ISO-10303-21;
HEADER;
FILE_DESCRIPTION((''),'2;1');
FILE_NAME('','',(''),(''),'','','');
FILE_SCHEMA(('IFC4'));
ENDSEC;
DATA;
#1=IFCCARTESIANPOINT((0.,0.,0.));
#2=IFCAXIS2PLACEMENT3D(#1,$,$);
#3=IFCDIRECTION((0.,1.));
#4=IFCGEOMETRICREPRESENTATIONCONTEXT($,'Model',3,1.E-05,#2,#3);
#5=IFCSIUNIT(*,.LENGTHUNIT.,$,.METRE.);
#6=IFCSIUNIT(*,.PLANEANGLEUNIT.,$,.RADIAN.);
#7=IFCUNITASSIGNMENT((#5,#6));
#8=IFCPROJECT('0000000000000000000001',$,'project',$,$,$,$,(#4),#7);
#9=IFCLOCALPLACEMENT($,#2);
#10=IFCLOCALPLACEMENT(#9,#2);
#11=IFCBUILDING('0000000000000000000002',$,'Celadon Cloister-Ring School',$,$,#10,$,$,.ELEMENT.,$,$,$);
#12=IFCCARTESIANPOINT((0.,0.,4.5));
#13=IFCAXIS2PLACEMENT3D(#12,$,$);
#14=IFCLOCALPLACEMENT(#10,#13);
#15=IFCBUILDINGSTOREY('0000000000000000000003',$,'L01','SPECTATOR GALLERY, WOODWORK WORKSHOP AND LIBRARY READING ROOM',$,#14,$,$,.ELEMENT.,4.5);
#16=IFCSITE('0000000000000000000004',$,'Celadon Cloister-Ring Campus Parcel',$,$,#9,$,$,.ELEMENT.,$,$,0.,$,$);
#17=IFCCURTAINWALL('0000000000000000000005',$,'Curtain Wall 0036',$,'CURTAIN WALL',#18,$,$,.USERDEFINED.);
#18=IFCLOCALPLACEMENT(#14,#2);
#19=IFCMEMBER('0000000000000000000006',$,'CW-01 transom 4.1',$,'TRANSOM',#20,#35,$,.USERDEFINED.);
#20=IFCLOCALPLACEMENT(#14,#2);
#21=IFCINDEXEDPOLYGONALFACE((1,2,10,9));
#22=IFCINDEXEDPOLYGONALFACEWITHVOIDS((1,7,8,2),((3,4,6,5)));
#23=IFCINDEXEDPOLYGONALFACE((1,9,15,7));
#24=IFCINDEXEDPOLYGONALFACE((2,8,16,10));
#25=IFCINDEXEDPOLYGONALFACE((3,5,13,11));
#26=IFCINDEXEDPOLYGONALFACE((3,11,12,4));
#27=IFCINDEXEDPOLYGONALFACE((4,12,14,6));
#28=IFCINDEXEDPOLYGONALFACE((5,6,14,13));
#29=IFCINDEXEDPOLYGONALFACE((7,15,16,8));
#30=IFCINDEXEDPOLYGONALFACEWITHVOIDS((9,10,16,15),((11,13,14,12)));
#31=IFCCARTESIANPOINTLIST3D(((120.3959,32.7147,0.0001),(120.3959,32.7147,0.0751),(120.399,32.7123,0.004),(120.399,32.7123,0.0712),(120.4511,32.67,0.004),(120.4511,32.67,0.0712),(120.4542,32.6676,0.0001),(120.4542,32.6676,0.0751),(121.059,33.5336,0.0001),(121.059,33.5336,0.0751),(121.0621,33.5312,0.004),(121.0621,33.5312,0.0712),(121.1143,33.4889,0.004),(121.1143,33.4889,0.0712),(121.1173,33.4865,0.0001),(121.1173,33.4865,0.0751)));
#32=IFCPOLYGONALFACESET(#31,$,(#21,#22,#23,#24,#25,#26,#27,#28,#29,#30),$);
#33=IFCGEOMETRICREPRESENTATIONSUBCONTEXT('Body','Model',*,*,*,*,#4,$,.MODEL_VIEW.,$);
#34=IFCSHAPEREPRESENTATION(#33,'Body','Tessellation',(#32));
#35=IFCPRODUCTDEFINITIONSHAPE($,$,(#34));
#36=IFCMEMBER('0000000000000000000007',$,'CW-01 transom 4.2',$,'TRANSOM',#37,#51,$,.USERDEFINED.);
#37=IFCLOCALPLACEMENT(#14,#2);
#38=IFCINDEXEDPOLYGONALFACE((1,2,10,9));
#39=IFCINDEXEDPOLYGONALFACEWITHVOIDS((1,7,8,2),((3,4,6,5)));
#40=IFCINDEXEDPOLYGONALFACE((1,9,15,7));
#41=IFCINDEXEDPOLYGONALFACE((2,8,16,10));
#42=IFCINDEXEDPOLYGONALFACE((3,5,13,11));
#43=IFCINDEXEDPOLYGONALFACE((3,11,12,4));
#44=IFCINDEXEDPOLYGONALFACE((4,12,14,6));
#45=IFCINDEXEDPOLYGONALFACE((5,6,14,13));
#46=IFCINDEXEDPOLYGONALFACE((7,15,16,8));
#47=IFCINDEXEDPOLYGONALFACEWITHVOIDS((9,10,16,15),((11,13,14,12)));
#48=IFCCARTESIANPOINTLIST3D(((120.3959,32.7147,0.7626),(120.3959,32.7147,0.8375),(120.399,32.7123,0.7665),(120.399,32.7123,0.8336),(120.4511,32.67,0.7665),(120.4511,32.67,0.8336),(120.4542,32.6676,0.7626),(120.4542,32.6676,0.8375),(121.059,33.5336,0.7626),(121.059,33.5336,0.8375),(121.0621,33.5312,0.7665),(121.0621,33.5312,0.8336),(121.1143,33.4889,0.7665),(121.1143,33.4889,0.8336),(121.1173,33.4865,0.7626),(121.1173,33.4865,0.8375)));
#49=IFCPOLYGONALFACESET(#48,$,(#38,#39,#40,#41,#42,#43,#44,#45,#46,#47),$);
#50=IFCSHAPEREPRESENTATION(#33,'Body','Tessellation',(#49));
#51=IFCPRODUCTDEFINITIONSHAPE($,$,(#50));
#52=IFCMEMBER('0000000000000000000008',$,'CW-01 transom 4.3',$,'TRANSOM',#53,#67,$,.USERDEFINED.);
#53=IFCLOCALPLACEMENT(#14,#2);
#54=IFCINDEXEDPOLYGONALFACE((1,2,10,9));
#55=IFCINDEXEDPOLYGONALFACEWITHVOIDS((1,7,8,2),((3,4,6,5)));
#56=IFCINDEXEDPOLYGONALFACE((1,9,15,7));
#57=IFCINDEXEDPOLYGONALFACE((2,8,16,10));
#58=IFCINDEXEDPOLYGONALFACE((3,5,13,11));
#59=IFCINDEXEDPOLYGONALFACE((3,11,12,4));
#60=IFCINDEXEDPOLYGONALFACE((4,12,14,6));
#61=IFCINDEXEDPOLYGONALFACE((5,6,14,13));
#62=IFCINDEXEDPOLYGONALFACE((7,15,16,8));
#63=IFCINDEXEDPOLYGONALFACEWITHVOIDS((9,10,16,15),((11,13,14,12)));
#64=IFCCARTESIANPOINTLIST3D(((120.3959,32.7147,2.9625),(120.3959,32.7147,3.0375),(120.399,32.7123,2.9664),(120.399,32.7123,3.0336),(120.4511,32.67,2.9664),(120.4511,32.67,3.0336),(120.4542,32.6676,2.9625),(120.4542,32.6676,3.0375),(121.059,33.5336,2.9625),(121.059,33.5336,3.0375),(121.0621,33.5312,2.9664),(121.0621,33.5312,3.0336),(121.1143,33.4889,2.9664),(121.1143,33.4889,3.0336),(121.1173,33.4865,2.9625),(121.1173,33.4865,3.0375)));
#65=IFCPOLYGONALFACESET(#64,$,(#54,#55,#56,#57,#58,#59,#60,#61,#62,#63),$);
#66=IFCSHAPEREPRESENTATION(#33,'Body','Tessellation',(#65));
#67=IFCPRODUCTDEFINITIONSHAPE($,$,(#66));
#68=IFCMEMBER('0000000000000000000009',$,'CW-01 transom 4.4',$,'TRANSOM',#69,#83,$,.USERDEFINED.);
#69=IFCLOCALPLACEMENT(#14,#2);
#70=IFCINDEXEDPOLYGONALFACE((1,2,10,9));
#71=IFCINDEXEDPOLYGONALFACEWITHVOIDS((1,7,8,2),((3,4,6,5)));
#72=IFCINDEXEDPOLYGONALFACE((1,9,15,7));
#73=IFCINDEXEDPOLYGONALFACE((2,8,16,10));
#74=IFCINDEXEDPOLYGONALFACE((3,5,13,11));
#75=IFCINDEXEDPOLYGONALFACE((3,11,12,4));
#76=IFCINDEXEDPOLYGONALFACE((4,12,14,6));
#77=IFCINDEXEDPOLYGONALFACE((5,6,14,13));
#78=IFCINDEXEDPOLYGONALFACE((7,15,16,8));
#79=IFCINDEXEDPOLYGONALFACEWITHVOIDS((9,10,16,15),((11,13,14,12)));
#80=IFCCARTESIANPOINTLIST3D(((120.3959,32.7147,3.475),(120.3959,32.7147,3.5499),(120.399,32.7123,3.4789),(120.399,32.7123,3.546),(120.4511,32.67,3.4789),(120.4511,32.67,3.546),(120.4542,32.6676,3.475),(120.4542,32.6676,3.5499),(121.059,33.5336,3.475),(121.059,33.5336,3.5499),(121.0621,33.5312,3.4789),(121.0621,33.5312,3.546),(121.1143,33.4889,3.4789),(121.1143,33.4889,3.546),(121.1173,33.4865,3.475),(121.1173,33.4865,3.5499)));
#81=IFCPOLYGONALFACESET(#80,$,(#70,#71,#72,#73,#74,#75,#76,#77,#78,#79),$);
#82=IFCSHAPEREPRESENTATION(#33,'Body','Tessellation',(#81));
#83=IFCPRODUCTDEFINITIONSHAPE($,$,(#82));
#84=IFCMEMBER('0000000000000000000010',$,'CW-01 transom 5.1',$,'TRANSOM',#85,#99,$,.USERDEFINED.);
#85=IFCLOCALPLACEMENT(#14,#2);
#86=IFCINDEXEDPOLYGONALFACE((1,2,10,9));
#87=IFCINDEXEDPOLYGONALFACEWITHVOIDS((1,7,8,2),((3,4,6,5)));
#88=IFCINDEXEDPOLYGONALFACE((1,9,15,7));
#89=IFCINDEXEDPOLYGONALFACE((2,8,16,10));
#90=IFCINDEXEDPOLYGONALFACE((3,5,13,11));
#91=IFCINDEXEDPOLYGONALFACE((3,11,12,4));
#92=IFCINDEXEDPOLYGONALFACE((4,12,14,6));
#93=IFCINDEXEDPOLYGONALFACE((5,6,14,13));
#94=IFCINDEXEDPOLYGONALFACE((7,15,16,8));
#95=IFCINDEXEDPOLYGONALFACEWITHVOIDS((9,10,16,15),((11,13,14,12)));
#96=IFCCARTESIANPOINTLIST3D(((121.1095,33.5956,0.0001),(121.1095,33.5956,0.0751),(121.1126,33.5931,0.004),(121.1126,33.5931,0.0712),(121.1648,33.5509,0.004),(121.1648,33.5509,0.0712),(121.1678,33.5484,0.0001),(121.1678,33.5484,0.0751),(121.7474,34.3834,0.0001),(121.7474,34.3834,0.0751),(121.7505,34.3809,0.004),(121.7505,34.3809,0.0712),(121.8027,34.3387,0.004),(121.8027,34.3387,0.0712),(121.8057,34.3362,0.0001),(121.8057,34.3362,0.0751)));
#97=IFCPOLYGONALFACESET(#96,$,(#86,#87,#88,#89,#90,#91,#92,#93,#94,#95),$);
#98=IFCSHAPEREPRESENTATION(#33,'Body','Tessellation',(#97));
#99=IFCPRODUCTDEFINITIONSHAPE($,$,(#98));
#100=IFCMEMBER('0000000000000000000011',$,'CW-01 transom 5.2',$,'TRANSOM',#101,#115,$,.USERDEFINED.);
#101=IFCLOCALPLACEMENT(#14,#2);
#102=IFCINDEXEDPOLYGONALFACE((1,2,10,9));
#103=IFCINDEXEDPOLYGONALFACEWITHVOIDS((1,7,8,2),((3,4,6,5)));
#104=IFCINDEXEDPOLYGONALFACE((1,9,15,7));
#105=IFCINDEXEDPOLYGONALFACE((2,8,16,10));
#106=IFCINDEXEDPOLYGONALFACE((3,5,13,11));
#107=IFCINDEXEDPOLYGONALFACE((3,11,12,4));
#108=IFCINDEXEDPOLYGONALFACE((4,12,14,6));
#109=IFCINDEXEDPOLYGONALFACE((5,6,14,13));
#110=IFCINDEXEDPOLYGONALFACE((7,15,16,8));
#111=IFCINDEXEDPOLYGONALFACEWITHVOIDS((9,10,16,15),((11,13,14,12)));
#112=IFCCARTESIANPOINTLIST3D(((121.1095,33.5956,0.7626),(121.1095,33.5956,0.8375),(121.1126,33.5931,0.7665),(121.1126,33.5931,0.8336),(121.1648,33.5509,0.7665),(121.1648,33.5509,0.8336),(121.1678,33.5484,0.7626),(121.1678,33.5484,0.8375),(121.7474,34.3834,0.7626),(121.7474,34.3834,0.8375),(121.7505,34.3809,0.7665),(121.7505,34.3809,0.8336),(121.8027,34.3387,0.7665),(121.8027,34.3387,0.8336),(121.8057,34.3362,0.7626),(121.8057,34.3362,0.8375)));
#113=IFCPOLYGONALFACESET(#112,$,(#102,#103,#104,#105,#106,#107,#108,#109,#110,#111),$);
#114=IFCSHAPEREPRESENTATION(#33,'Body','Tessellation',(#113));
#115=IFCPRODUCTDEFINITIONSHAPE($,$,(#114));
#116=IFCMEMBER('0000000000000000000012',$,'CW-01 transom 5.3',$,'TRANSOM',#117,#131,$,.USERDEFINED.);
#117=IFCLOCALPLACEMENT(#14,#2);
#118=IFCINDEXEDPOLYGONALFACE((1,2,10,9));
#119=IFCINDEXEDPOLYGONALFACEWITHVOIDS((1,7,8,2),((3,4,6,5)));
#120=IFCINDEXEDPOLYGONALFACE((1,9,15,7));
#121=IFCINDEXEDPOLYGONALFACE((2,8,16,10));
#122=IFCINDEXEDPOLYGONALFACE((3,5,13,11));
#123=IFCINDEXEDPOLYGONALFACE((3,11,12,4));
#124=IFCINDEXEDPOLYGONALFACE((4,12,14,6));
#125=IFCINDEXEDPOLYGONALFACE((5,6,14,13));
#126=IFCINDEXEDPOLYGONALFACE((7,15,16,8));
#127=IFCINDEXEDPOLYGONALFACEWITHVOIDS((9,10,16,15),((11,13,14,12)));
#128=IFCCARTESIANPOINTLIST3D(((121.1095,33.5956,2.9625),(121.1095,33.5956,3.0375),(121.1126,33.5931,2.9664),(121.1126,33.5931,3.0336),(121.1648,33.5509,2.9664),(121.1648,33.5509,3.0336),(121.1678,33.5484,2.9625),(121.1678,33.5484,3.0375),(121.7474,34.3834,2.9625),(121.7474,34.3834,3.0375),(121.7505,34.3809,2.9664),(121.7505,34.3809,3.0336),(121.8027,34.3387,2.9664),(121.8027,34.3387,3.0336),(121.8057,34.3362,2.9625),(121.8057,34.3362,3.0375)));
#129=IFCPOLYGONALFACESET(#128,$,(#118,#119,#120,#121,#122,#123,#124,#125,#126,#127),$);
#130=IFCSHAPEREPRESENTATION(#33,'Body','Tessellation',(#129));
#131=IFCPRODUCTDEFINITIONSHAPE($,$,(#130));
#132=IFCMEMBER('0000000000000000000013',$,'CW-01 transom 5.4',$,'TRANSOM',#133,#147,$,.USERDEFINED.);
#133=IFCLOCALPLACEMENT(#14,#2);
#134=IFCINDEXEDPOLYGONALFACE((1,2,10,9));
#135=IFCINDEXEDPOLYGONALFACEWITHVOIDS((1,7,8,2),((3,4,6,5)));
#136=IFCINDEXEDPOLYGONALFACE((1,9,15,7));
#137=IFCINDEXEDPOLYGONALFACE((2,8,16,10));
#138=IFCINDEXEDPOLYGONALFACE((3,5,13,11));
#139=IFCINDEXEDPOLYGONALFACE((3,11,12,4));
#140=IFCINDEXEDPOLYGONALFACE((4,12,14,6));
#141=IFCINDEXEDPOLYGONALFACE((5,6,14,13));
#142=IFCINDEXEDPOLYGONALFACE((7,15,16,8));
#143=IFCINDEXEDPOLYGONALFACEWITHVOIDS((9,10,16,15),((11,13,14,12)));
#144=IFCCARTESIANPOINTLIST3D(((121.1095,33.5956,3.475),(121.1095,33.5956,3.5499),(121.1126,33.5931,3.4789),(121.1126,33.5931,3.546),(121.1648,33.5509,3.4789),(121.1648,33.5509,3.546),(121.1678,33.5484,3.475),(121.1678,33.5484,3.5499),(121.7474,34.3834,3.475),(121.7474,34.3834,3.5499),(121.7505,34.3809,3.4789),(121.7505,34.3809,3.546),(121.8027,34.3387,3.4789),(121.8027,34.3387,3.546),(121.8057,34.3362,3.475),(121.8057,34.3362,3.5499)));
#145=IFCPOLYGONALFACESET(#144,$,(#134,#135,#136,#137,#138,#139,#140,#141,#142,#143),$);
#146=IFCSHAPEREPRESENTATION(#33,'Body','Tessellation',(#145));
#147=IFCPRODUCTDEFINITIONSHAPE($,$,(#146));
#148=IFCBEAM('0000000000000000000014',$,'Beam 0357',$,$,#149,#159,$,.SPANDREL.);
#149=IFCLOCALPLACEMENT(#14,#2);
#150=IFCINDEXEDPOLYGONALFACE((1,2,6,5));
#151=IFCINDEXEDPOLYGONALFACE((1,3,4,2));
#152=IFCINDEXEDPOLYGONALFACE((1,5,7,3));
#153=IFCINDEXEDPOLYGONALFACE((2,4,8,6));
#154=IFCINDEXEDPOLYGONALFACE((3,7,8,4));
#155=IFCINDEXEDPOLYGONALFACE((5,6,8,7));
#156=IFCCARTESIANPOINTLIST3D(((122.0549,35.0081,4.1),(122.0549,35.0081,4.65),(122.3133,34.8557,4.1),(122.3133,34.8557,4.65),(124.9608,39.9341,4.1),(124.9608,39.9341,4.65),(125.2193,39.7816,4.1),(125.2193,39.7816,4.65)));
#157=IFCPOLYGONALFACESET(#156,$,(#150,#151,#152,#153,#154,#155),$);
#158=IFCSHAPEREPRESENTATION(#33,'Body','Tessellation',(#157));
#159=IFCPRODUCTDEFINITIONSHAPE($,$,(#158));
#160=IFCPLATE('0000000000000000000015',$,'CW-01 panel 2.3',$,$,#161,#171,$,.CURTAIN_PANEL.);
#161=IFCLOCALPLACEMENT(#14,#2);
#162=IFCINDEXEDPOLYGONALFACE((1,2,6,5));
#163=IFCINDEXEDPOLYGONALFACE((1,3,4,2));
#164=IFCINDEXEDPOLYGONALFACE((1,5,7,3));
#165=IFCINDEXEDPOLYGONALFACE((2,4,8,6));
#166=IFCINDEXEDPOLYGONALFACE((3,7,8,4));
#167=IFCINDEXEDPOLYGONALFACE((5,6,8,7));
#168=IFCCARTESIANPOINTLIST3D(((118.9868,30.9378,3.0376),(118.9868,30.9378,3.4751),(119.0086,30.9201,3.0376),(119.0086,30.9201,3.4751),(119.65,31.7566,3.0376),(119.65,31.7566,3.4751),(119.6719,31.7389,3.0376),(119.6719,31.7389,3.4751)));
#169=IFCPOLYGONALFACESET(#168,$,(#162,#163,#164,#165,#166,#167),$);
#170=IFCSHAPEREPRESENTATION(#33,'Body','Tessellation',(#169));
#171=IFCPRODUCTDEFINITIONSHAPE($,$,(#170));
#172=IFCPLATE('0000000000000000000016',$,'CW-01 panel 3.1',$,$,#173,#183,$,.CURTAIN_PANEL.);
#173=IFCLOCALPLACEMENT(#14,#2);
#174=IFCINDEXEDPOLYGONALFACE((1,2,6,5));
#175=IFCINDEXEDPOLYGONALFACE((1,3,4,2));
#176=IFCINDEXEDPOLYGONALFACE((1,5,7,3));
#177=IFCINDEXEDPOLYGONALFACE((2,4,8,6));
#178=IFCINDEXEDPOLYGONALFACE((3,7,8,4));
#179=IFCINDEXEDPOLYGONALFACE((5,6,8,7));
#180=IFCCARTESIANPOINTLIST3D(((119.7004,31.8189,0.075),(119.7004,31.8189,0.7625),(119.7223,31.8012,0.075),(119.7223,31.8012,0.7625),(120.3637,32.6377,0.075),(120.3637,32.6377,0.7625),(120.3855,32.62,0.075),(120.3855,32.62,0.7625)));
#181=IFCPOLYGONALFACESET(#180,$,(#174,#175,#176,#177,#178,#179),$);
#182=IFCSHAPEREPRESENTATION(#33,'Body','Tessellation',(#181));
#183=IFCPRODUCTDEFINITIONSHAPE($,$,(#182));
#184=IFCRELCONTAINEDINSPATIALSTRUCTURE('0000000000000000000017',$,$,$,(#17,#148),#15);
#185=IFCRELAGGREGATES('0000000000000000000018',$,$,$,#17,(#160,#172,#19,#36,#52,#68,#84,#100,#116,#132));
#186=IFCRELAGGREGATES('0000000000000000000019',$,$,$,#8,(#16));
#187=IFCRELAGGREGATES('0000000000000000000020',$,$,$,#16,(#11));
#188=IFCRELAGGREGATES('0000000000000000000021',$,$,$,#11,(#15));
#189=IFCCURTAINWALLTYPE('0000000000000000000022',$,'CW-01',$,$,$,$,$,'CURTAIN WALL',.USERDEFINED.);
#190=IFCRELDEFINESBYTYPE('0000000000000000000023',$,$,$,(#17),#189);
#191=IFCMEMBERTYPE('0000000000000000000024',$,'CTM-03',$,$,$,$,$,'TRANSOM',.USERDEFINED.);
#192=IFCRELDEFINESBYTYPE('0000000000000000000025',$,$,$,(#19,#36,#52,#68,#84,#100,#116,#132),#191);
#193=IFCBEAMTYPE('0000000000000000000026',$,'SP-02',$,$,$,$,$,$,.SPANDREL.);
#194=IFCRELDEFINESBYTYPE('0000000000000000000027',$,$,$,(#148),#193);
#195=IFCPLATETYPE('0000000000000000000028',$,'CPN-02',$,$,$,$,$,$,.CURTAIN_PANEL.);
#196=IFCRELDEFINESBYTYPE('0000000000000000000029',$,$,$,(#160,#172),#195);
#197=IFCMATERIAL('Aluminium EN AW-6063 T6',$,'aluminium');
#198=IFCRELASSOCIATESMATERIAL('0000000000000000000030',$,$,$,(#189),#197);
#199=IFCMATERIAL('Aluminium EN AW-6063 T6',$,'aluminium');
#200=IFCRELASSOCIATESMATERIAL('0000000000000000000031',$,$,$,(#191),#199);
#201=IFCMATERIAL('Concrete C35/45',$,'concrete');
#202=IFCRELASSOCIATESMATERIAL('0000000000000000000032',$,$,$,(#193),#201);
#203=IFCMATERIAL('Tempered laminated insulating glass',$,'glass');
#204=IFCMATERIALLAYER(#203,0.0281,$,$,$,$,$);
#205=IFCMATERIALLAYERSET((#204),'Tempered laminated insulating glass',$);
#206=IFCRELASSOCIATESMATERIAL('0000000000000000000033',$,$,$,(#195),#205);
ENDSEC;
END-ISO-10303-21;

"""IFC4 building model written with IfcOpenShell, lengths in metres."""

from ifc_helpers import new_model, si_unit, direction, frame, origin, origin_2d, place, context, subcontext, project, spatial, rectangle, hollow_rectangle, extrude, material, layer, layer_set, material_profile, profile_set, type_object, element, aggregate, save


model = new_model("IFC4")

# Units and contexts
model_context = context("Model", 3, precision=1e-05, world=origin(), true_north=direction((0.0, 1.0)))
body_context = subcontext(model_context, "Body", "Model", "MODEL_VIEW")
ifc_project = project(units=[si_unit("LENGTHUNIT", "METRE"), si_unit("PLANEANGLEUNIT", "RADIAN")], contexts=[model_context])

# Site, building, storey
site_placement = place(None, origin())
site = spatial("IfcSite", under=ifc_project, at=site_placement, Name="Celadon Cloister-Ring Campus Parcel", CompositionType="ELEMENT", RefElevation=0.0)
building_placement = place(site_placement, origin())
building = spatial("IfcBuilding", under=site, at=building_placement, Name="Celadon Cloister-Ring School", CompositionType="ELEMENT")
storey_placement = place(building_placement, frame((0.0, 0.0, 4.5)))
storey = spatial("IfcBuildingStorey", under=building, at=storey_placement, Name="L01", Description="SPECTATOR GALLERY, WOODWORK WORKSHOP AND LIBRARY READING ROOM", CompositionType="ELEMENT", Elevation=4.5)

# Curtain wall, members
ifc_material_1 = material(Name="Aluminium EN AW-6063 T6", Category="aluminium")
curtain_wall_type = type_object("IfcCurtainWallType", Name="CW-01", ElementType="CURTAIN WALL", PredefinedType="USERDEFINED", material=ifc_material_1)
curtain_wall_placement = place(storey_placement, origin())
curtain_wall = element("IfcCurtainWall", 1, at=curtain_wall_placement, inside=storey, type_object=curtain_wall_type, Name="Curtain Wall 0036", ObjectType="CURTAIN WALL", PredefinedType="USERDEFINED")
ifc_material_2 = material(Name="Aluminium EN AW-6063 T6", Category="aluminium")
ifc_material_profile_1 = material_profile(ifc_material_2, hollow_rectangle(XDim=0.075, YDim=0.075, WallThickness=0.0039, at=origin_2d()), Name="RHS75X75X4")
ifc_profile_set_1 = profile_set([ifc_material_profile_1], Name="Aluminium EN AW-6063 T6")
member_type_1 = type_object("IfcMemberType", Name="CTM-03", ElementType="TRANSOM", PredefinedType="USERDEFINED", material=ifc_profile_set_1)
member_1_placement = place(storey_placement, frame((120.425, 32.6912, 0.0376), z_axis=(0.629318, 0.777148, 0.0), x_axis=(-0.777148, 0.629318, 0.0)))
member_1 = element("IfcMember", 2, at=member_1_placement, type_object=member_type_1, Name="CW-01 transom 4.1", ObjectType="TRANSOM", PredefinedType="USERDEFINED", context=body_context, shape_type="SweptSolid", body=[
    extrude(hollow_rectangle(XDim=0.075, YDim=0.075, WallThickness=0.0039, at=origin_2d()), origin(), (0.0, 0.0, 1.0), 1.0537),
])
member_2_placement = place(storey_placement, frame((120.425, 32.6912, 0.8), z_axis=(0.629318, 0.777148, 0.0), x_axis=(-0.777148, 0.629318, 0.0)))
member_2 = element("IfcMember", 3, at=member_2_placement, type_object=member_type_1, Name="CW-01 transom 4.2", ObjectType="TRANSOM", PredefinedType="USERDEFINED", context=body_context, shape_type="SweptSolid", body=[
    extrude(hollow_rectangle(XDim=0.075, YDim=0.075, WallThickness=0.0039, at=origin_2d()), origin(), (0.0, 0.0, 1.0), 1.0537),
])
member_3_placement = place(storey_placement, frame((120.425, 32.6912, 3.0), z_axis=(0.629318, 0.777148, 0.0), x_axis=(-0.777148, 0.629318, 0.0)))
member_3 = element("IfcMember", 4, at=member_3_placement, type_object=member_type_1, Name="CW-01 transom 4.3", ObjectType="TRANSOM", PredefinedType="USERDEFINED", context=body_context, shape_type="SweptSolid", body=[
    extrude(hollow_rectangle(XDim=0.075, YDim=0.075, WallThickness=0.0039, at=origin_2d()), origin(), (0.0, 0.0, 1.0), 1.0537),
])
member_4_placement = place(storey_placement, frame((120.425, 32.6912, 3.5125), z_axis=(0.629318, 0.777148, 0.0), x_axis=(-0.777148, 0.629318, 0.0)))
member_4 = element("IfcMember", 5, at=member_4_placement, type_object=member_type_1, Name="CW-01 transom 4.4", ObjectType="TRANSOM", PredefinedType="USERDEFINED", context=body_context, shape_type="SweptSolid", body=[
    extrude(hollow_rectangle(XDim=0.075, YDim=0.075, WallThickness=0.0039, at=origin_2d()), origin(), (0.0, 0.0, 1.0), 1.0537),
])
member_5_placement = place(storey_placement, frame((121.1387, 33.572, 0.0376), z_axis=(0.629295, 0.777166, 0.0), x_axis=(-0.777166, 0.629295, 0.0)))
member_5 = element("IfcMember", 6, at=member_5_placement, type_object=member_type_1, Name="CW-01 transom 5.1", ObjectType="TRANSOM", PredefinedType="USERDEFINED", context=body_context, shape_type="SweptSolid", body=[
    extrude(hollow_rectangle(XDim=0.075, YDim=0.075, WallThickness=0.0039, at=origin_2d()), origin(), (0.0, 0.0, 1.0), 1.0137),
])
member_6_placement = place(storey_placement, frame((121.1387, 33.572, 0.8), z_axis=(0.629295, 0.777166, 0.0), x_axis=(-0.777166, 0.629295, 0.0)))
member_6 = element("IfcMember", 7, at=member_6_placement, type_object=member_type_1, Name="CW-01 transom 5.2", ObjectType="TRANSOM", PredefinedType="USERDEFINED", context=body_context, shape_type="SweptSolid", body=[
    extrude(hollow_rectangle(XDim=0.075, YDim=0.075, WallThickness=0.0039, at=origin_2d()), origin(), (0.0, 0.0, 1.0), 1.0137),
])
member_7_placement = place(storey_placement, frame((121.1387, 33.572, 3.0), z_axis=(0.629295, 0.777166, 0.0), x_axis=(-0.777166, 0.629295, 0.0)))
member_7 = element("IfcMember", 8, at=member_7_placement, type_object=member_type_1, Name="CW-01 transom 5.3", ObjectType="TRANSOM", PredefinedType="USERDEFINED", context=body_context, shape_type="SweptSolid", body=[
    extrude(hollow_rectangle(XDim=0.075, YDim=0.075, WallThickness=0.0039, at=origin_2d()), origin(), (0.0, 0.0, 1.0), 1.0137),
])
member_8_placement = place(storey_placement, frame((121.1387, 33.572, 3.5125), z_axis=(0.629295, 0.777166, 0.0), x_axis=(-0.777166, 0.629295, 0.0)))
member_8 = element("IfcMember", 9, at=member_8_placement, type_object=member_type_1, Name="CW-01 transom 5.4", ObjectType="TRANSOM", PredefinedType="USERDEFINED", context=body_context, shape_type="SweptSolid", body=[
    extrude(hollow_rectangle(XDim=0.075, YDim=0.075, WallThickness=0.0039, at=origin_2d()), origin(), (0.0, 0.0, 1.0), 1.0137),
])

# Beam
ifc_material_3 = material(Name="Concrete C35/45", Category="concrete")
ifc_material_profile_2 = material_profile(ifc_material_3, rectangle(XDim=0.3, YDim=0.55, at=origin_2d()), Name="RC300X550")
ifc_profile_set_2 = profile_set([ifc_material_profile_2], Name="Concrete C35/45")
beam_type = type_object("IfcBeamType", Name="SP-02", PredefinedType="SPANDREL", material=ifc_profile_set_2)
beam_placement = place(storey_placement, frame((122.1841, 34.9319, 4.375), z_axis=(0.508104, 0.861296, 0.0), x_axis=(-0.861296, 0.508104, 0.0)))
element("IfcBeam", 10, at=beam_placement, inside=storey, type_object=beam_type, Name="Beam 0357", PredefinedType="SPANDREL", context=body_context, shape_type="SweptSolid", body=[
    extrude(rectangle(XDim=0.3, YDim=0.55, at=origin_2d()), origin(), (0.0, 0.0, 1.0), 5.7192),
])

# Plates
ifc_material_4 = material(Name="Tempered laminated insulating glass", Category="glass")
ifc_layer_1 = layer(ifc_material_4, 0.0281)
ifc_layer_set_1 = layer_set([ifc_layer_1], Name="Tempered laminated insulating glass")
plate_type = type_object("IfcPlateType", Name="CPN-02", PredefinedType="CURTAIN_PANEL", material=ifc_layer_set_1)
plate_1_placement = place(storey_placement, frame((119.3293, 31.3384, 3.0376), z_axis=(0.0, 0.0, 1.0), x_axis=(0.629416, 0.777068, 0.0)))
plate_1 = element("IfcPlate", 11, at=plate_1_placement, type_object=plate_type, Name="CW-01 panel 2.3", PredefinedType="CURTAIN_PANEL", context=body_context, shape_type="SweptSolid", body=[
    extrude(rectangle(XDim=1.0537, YDim=0.0281, at=origin_2d()), origin(), (0.0, 0.0, 1.0), 0.4375),
])
plate_2_placement = place(storey_placement, frame((120.043, 32.2195, 0.075), z_axis=(0.0, 0.0, 1.0), x_axis=(0.629416, 0.777068, 0.0)))
plate_2 = element("IfcPlate", 12, at=plate_2_placement, type_object=plate_type, Name="CW-01 panel 3.1", PredefinedType="CURTAIN_PANEL", context=body_context, shape_type="SweptSolid", body=[
    extrude(rectangle(XDim=1.0537, YDim=0.0281, at=origin_2d()), origin(), (0.0, 0.0, 1.0), 0.6875),
])
aggregate(curtain_wall, [plate_1, plate_2, member_1, member_2, member_3, member_4, member_5, member_6, member_7, member_8])

save(model, "model.ifc")
